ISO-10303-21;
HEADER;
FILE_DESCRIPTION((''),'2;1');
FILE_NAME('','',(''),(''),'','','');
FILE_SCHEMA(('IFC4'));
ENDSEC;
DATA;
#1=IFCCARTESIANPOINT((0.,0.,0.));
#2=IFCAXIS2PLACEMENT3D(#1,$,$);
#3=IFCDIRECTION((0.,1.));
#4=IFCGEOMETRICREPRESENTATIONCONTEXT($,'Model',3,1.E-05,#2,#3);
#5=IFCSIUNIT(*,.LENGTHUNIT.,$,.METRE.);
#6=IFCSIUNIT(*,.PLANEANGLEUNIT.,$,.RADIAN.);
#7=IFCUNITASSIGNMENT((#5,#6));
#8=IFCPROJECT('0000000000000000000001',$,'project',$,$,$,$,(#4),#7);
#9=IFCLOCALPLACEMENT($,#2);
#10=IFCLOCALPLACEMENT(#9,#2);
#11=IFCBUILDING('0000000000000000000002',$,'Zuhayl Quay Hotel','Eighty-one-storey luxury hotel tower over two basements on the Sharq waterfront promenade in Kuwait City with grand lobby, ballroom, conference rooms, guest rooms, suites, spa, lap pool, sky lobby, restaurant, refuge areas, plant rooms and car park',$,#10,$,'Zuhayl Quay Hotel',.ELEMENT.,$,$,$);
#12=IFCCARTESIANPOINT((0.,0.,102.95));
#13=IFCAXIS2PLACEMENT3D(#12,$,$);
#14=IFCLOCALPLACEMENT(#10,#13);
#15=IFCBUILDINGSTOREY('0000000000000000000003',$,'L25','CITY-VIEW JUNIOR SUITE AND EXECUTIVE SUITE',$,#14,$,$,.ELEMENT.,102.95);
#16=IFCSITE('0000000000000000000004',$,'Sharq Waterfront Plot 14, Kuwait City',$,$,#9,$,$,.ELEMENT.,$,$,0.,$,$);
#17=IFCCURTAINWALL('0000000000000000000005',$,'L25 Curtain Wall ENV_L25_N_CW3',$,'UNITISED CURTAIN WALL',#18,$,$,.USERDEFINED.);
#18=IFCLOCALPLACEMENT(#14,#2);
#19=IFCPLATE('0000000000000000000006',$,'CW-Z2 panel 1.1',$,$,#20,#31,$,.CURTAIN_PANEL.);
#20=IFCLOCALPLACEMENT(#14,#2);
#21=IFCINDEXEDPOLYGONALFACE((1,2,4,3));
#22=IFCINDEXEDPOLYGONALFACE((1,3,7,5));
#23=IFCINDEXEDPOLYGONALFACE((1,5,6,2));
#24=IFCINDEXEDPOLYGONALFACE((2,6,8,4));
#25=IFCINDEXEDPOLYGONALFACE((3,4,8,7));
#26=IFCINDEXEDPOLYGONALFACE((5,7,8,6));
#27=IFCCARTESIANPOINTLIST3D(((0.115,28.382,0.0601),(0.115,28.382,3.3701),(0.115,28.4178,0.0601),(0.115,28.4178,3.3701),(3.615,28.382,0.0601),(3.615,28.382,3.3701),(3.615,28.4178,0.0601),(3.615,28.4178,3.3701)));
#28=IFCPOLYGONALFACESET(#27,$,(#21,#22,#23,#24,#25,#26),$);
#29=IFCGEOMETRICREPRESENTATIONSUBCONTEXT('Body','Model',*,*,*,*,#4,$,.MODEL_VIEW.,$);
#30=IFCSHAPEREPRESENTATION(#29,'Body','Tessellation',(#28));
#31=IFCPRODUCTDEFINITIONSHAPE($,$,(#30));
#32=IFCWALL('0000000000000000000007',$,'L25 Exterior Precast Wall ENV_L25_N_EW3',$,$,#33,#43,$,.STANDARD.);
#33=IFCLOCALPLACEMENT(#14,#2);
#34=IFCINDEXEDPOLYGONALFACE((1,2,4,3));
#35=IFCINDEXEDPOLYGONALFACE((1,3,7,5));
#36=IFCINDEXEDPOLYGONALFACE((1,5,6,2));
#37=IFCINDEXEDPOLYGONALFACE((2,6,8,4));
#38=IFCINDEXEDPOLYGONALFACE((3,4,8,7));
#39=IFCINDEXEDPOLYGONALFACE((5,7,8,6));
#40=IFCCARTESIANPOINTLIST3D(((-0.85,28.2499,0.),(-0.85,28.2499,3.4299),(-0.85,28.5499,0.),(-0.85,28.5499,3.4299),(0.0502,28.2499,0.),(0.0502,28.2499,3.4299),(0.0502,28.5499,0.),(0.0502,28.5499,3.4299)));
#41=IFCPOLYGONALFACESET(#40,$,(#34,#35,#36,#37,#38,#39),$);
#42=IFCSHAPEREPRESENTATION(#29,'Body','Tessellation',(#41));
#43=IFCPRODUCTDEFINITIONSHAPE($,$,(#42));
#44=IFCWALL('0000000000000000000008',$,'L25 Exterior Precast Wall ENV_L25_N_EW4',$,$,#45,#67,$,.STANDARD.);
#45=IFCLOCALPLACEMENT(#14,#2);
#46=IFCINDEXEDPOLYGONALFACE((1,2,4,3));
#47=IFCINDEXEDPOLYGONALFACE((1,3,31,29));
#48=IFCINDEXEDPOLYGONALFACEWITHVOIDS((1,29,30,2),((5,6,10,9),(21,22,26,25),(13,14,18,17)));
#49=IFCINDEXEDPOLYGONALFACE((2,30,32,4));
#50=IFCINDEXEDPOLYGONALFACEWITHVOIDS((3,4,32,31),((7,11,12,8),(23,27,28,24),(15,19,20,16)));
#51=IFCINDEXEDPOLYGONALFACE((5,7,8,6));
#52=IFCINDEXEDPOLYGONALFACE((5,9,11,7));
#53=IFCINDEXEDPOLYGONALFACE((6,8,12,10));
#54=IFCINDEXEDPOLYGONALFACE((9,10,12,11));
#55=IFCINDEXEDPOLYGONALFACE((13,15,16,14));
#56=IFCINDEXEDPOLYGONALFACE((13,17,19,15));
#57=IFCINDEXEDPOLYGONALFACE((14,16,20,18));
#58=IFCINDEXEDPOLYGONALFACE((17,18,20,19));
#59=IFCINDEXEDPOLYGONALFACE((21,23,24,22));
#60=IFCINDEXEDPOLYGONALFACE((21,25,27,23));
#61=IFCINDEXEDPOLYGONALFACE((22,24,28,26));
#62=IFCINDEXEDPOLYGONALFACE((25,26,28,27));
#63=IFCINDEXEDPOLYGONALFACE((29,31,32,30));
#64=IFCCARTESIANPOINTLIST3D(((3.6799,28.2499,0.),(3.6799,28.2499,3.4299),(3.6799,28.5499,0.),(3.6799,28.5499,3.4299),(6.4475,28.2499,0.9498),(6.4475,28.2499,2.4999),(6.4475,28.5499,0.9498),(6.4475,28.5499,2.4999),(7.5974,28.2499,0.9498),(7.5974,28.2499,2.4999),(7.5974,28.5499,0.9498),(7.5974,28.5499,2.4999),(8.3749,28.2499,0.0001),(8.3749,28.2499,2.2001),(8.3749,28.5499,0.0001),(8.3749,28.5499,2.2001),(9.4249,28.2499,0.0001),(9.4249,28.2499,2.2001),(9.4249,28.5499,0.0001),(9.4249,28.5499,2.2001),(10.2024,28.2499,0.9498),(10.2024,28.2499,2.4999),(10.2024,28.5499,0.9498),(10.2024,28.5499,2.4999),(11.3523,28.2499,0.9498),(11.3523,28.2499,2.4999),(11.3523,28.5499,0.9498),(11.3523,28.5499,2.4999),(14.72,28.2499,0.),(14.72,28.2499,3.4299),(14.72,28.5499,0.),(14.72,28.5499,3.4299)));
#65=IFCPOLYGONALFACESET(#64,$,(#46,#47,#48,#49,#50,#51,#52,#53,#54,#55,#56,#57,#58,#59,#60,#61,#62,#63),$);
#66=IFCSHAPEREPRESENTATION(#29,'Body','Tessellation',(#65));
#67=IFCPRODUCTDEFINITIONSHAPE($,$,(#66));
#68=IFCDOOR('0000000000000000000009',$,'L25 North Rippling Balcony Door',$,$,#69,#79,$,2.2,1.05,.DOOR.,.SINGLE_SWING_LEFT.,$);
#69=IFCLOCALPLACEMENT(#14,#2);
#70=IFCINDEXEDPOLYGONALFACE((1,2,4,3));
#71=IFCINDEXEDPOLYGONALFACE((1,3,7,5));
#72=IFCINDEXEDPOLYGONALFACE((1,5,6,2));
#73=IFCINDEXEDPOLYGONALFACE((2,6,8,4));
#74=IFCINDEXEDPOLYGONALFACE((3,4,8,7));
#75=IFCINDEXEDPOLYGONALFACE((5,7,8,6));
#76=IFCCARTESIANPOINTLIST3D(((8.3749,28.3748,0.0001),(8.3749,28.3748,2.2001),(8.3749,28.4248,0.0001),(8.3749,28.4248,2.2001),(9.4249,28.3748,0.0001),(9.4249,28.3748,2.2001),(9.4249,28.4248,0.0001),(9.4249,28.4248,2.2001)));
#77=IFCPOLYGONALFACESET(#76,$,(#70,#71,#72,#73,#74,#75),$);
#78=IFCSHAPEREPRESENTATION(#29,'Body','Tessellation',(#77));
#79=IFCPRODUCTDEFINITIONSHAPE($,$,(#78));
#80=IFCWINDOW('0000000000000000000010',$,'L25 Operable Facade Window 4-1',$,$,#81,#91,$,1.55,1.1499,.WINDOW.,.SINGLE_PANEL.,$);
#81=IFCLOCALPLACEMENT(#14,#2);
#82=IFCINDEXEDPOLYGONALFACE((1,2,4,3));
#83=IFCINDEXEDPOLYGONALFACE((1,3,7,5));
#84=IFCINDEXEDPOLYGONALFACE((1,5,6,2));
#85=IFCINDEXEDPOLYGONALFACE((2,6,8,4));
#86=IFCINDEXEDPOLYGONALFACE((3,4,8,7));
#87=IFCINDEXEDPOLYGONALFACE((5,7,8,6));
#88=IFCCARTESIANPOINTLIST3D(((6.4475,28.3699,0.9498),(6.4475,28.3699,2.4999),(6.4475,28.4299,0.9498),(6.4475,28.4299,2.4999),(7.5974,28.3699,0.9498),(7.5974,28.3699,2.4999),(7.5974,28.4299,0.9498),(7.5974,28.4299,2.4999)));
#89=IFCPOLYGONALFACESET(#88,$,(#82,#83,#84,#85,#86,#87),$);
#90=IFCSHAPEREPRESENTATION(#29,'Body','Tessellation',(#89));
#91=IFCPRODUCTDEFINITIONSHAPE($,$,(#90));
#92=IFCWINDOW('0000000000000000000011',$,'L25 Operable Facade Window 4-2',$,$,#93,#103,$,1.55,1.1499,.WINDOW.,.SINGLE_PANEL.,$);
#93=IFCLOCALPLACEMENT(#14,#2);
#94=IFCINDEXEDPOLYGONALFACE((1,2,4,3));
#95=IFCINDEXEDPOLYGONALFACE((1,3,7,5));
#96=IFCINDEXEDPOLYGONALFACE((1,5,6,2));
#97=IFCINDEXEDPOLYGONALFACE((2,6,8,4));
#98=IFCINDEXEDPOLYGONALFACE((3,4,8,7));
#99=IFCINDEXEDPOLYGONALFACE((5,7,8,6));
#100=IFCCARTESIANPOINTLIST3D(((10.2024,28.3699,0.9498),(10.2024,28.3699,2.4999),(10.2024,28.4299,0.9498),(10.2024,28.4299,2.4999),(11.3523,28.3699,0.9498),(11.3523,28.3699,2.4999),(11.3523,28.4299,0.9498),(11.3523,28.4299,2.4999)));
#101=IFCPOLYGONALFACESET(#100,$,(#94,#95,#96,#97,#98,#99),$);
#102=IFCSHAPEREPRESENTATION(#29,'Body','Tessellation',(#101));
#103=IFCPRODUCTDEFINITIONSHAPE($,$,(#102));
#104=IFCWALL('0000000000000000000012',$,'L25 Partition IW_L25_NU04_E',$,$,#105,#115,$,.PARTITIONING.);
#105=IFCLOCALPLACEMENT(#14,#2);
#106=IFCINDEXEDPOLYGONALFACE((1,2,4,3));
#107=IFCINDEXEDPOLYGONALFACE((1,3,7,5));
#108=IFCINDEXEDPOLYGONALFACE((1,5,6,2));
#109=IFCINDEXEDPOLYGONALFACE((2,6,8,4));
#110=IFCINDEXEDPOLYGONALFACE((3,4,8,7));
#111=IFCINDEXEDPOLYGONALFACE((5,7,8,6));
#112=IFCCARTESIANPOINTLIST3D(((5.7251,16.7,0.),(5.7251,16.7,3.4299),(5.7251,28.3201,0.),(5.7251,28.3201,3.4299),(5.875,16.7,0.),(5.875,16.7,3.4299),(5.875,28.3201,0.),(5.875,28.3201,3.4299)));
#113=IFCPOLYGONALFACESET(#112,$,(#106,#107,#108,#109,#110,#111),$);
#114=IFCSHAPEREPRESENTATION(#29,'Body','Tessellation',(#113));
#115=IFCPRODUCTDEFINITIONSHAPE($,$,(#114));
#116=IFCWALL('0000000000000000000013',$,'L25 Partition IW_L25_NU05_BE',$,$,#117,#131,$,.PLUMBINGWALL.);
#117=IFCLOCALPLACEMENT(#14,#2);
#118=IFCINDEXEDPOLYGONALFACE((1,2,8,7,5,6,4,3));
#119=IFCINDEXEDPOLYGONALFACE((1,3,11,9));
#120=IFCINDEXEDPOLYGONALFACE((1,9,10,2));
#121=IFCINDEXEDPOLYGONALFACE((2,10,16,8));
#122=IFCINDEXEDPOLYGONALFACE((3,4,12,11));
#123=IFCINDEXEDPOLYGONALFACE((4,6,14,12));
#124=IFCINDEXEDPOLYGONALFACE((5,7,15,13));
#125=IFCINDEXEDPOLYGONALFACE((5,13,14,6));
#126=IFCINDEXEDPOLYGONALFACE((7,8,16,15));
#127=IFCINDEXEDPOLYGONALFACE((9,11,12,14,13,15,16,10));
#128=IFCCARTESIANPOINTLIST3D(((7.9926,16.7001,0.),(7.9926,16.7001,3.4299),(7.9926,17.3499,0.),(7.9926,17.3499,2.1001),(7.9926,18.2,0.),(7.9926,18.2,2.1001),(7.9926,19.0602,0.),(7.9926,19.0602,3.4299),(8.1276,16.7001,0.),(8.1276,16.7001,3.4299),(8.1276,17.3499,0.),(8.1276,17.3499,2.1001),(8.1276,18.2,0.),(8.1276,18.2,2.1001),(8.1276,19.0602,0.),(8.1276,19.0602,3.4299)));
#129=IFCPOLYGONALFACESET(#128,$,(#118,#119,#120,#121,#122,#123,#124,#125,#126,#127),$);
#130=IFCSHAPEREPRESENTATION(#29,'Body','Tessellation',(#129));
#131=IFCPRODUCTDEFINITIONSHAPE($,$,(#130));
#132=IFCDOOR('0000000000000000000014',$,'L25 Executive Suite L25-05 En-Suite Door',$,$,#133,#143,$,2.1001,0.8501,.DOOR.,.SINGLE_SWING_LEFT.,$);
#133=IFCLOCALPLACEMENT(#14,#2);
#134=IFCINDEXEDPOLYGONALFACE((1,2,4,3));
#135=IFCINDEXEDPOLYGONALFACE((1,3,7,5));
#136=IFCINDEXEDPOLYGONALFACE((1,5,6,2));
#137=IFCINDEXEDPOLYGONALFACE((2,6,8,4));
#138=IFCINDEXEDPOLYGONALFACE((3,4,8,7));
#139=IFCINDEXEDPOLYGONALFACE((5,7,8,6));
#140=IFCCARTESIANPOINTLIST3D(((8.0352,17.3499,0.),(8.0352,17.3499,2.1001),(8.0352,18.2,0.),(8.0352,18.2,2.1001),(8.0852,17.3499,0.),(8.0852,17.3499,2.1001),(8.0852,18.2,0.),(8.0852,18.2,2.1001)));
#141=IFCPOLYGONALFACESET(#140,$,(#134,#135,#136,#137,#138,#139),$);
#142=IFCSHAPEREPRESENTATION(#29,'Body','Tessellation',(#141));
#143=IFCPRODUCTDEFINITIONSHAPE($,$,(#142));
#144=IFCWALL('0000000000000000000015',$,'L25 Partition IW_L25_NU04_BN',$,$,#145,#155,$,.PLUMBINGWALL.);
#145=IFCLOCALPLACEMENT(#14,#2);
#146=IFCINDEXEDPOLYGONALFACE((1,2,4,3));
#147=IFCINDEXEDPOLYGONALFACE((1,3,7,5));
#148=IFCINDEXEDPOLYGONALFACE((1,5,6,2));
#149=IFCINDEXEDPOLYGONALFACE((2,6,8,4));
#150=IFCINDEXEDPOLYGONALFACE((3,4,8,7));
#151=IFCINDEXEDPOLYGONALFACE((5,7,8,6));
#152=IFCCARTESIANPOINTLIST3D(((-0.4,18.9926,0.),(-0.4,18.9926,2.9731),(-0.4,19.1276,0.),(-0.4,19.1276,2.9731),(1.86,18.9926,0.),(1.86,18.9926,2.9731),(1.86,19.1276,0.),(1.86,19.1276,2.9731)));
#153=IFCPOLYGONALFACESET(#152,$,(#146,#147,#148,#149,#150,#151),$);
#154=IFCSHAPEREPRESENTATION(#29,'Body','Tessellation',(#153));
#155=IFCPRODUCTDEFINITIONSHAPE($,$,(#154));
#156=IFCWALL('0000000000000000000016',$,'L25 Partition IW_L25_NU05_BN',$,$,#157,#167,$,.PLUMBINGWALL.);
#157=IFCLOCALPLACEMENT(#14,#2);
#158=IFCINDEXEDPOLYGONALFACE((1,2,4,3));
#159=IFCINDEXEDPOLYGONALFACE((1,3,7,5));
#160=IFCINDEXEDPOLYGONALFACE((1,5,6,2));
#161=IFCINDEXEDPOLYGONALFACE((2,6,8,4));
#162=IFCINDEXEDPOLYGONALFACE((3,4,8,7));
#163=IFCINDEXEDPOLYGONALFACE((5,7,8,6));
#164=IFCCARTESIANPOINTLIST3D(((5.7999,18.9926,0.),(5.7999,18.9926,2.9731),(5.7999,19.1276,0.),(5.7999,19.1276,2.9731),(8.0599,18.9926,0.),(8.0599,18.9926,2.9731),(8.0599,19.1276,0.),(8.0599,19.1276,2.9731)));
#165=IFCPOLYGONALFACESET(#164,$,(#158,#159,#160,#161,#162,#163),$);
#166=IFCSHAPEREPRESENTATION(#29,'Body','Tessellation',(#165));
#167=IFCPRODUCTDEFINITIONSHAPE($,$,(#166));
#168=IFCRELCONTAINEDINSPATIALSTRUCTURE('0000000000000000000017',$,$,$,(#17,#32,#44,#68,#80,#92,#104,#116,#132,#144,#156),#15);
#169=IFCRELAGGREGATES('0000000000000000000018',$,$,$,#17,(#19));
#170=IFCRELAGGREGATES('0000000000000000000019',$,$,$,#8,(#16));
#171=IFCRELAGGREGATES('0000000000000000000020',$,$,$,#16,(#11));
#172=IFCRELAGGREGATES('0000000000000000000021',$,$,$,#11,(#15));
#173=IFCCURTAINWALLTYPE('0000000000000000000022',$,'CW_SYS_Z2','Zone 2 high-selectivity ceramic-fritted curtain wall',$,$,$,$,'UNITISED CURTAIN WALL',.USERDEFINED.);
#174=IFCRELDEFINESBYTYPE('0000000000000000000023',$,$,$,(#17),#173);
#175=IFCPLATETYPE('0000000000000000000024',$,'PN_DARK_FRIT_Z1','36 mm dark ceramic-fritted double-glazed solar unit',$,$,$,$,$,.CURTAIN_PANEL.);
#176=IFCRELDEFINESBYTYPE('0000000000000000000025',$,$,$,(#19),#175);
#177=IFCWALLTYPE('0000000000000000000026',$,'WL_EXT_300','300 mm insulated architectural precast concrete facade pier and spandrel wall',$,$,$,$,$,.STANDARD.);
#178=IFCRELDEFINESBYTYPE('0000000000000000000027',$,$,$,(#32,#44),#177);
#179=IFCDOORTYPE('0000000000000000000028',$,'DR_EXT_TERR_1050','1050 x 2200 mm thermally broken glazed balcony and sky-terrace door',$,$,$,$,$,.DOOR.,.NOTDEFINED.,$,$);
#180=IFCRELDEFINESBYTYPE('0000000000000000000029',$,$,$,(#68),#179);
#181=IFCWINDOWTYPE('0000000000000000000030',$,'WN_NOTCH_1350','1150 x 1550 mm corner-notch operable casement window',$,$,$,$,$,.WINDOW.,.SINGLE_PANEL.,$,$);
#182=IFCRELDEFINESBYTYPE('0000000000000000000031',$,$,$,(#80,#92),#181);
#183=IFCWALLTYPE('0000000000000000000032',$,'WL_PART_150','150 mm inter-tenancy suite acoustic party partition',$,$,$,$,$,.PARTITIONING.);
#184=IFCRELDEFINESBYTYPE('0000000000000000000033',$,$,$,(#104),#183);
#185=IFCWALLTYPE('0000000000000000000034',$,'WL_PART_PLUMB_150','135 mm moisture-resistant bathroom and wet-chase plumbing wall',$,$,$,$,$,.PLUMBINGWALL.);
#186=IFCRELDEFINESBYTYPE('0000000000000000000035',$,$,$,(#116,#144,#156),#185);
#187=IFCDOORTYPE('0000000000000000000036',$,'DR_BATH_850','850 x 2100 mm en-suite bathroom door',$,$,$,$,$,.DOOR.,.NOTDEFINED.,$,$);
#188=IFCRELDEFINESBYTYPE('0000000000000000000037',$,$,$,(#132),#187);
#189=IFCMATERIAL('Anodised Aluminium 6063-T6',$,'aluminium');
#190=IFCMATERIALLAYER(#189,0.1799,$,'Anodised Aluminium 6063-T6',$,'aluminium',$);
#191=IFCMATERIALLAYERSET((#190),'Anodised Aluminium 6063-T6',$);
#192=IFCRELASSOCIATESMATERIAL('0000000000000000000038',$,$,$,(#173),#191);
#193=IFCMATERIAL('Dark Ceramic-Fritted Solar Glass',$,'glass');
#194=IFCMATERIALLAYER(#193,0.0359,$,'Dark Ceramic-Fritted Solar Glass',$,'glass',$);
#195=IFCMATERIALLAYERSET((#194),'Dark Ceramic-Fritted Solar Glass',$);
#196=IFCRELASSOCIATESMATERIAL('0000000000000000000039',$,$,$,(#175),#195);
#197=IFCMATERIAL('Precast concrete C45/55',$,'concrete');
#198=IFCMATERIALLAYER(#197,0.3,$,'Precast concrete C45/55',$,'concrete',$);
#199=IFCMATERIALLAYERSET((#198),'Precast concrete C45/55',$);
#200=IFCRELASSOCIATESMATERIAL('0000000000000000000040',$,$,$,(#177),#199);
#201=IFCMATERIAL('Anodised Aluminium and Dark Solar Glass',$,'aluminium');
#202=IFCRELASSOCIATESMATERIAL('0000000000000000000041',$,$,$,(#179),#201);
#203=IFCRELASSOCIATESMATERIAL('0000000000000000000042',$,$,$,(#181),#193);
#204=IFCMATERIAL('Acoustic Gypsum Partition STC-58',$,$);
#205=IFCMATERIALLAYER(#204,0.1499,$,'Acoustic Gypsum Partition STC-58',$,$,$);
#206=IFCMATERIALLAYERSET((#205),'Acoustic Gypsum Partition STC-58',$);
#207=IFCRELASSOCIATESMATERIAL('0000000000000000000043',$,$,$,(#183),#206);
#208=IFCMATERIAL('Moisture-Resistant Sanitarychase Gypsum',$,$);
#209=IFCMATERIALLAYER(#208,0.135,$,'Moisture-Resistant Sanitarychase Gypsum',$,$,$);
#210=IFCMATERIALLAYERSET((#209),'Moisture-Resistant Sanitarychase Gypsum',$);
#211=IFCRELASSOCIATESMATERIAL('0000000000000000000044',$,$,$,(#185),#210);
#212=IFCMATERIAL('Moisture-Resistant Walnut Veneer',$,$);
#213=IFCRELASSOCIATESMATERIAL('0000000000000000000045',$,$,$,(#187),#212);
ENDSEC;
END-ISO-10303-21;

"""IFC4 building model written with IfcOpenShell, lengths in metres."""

from ifc_helpers import new_model, si_unit, direction, frame, frame_2d, origin, origin_2d, place, context, subcontext, project, spatial, rectangle, extrude, material, layer, layer_set, type_object, element, fill, aggregate, save


model = new_model("IFC4")

# Units and contexts
model_context = context("Model", 3, precision=1e-05, world=origin(), true_north=direction((0.0, 1.0)))
body_context = subcontext(model_context, "Body", "Model", "MODEL_VIEW")
ifc_project = project(units=[si_unit("LENGTHUNIT", "METRE"), si_unit("PLANEANGLEUNIT", "RADIAN")], contexts=[model_context])

# Site, building, storey
site_placement = place(None, origin())
site = spatial("IfcSite", under=ifc_project, at=site_placement, Name="Sharq Waterfront Plot 14, Kuwait City", CompositionType="ELEMENT", RefElevation=0.0)
building_placement = place(site_placement, origin())
building = spatial("IfcBuilding", under=site, at=building_placement, Name="Zuhayl Quay Hotel", Description="Eighty-one-storey luxury hotel tower over two basements on the Sharq waterfront promenade in Kuwait City with grand lobby, ballroom, conference rooms, guest rooms, suites, spa, lap pool, sky lobby, restaurant, refuge areas, plant rooms and car park", LongName="Zuhayl Quay Hotel", CompositionType="ELEMENT")
storey_placement = place(building_placement, frame((0.0, 0.0, 102.95)))
storey = spatial("IfcBuildingStorey", under=building, at=storey_placement, Name="L25", Description="CITY-VIEW JUNIOR SUITE AND EXECUTIVE SUITE", CompositionType="ELEMENT", Elevation=102.95)

# Shared definitions
ifc_material_1 = material(Name="Anodised Aluminium 6063-T6", Category="aluminium")
ifc_layer_1 = layer(ifc_material_1, 0.1799, Name="Anodised Aluminium 6063-T6", Category="aluminium")
ifc_layer_set_1 = layer_set([ifc_layer_1], Name="Anodised Aluminium 6063-T6")
curtain_wall_type = type_object("IfcCurtainWallType", Name="CW_SYS_Z2", Description="Zone 2 high-selectivity ceramic-fritted curtain wall", ElementType="UNITISED CURTAIN WALL", PredefinedType="USERDEFINED", material=ifc_layer_set_1)

# Curtain wall, plate
curtain_wall_1_placement = place(storey_placement, origin())
curtain_wall_1 = element("IfcCurtainWall", 1, at=curtain_wall_1_placement, inside=storey, type_object=curtain_wall_type, Name="L25 Curtain Wall ENV_L25_N_CW3", ObjectType="UNITISED CURTAIN WALL", PredefinedType="USERDEFINED")
ifc_material_2 = material(Name="Dark Ceramic-Fritted Solar Glass", Category="glass")
ifc_layer_2 = layer(ifc_material_2, 0.0359, Name="Dark Ceramic-Fritted Solar Glass", Category="glass")
ifc_layer_set_2 = layer_set([ifc_layer_2], Name="Dark Ceramic-Fritted Solar Glass")
plate_type = type_object("IfcPlateType", Name="PN_DARK_FRIT_Z1", Description="36 mm dark ceramic-fritted double-glazed solar unit", PredefinedType="CURTAIN_PANEL", material=ifc_layer_set_2)
plate_placement = place(storey_placement, frame((1.865, 28.3999, 0.0601), z_axis=(0.0, 0.0, 1.0), x_axis=(1.0, 0.0, 0.0)))
plate = element("IfcPlate", 2, at=plate_placement, type_object=plate_type, Name="CW-Z2 panel 1.1", PredefinedType="CURTAIN_PANEL", context=body_context, shape_type="SweptSolid", body=[
    extrude(rectangle(XDim=3.5, YDim=0.0359, at=origin_2d()), origin(), (0.0, 0.0, 1.0), 3.3101),
])
aggregate(curtain_wall_1, [plate])

# Wall
ifc_material_3 = material(Name="Precast concrete C45/55", Category="concrete")
ifc_layer_3 = layer(ifc_material_3, 0.3, Name="Precast concrete C45/55", Category="concrete")
ifc_layer_set_3 = layer_set([ifc_layer_3], Name="Precast concrete C45/55")
wall_type_1 = type_object("IfcWallType", Name="WL_EXT_300", Description="300 mm insulated architectural precast concrete facade pier and spandrel wall", PredefinedType="STANDARD", material=ifc_layer_set_3)
wall_1_placement = place(storey_placement, frame((-0.8501, 28.3999, 0.0), z_axis=(0.0, 0.0, 1.0), x_axis=(1.0, 0.0, 0.0)))
element("IfcWall", 3, at=wall_1_placement, inside=storey, type_object=wall_type_1, Name="L25 Exterior Precast Wall ENV_L25_N_EW3", PredefinedType="STANDARD", context=body_context, shape_type="SweptSolid", body=[
    extrude(rectangle(XDim=0.9001, YDim=0.3, at=frame_2d((0.4502, 0.0))), origin(), (0.0, 0.0, 1.0), 3.4299),
])

# Wall, openings, door, windows
wall_2_placement = place(storey_placement, frame((3.6799, 28.3999, 0.0), z_axis=(0.0, 0.0, 1.0), x_axis=(1.0, 0.0, 0.0)))
wall_2 = element("IfcWall", 4, at=wall_2_placement, inside=storey, type_object=wall_type_1, Name="L25 Exterior Precast Wall ENV_L25_N_EW4", PredefinedType="STANDARD", context=body_context, shape_type="SweptSolid", body=[
    extrude(rectangle(XDim=11.04, YDim=0.3, at=frame_2d((5.52, 0.0))), origin(), (0.0, 0.0, 1.0), 3.4299),
])
opening_1_placement = place(wall_2_placement, frame((4.6951, 0.0, 0.0)))
opening_1 = element("IfcOpeningElement", 5, at=opening_1_placement, cuts=wall_2, PredefinedType="OPENING", context=body_context, shape_type="SweptSolid", body=[
    extrude(rectangle(XDim=1.05, YDim=2.2, at=frame_2d((0.5249, 1.1001))), frame((0.0, 0.1599, 0.0), z_axis=(0.0, -1.0, 0.0), x_axis=(1.0, 0.0, 0.0)), (0.0, 0.0, 1.0), 0.3201),
])
opening_2_placement = place(wall_2_placement, frame((2.7676, 0.0, 0.95)))
opening_2 = element("IfcOpeningElement", 6, at=opening_2_placement, cuts=wall_2, PredefinedType="OPENING", context=body_context, shape_type="SweptSolid", body=[
    extrude(rectangle(XDim=1.1499, YDim=1.55, at=frame_2d((0.575, 0.7749))), frame((0.0, 0.1599, 0.0), z_axis=(0.0, -1.0, 0.0), x_axis=(1.0, 0.0, 0.0)), (0.0, 0.0, 1.0), 0.3201),
])
opening_3_placement = place(wall_2_placement, frame((6.5225, 0.0, 0.95)))
opening_3 = element("IfcOpeningElement", 7, at=opening_3_placement, cuts=wall_2, PredefinedType="OPENING", context=body_context, shape_type="SweptSolid", body=[
    extrude(rectangle(XDim=1.1499, YDim=1.55, at=frame_2d((0.575, 0.7749))), frame((0.0, 0.1599, 0.0), z_axis=(0.0, -1.0, 0.0), x_axis=(1.0, 0.0, 0.0)), (0.0, 0.0, 1.0), 0.3201),
])
ifc_material_4 = material(Name="Anodised Aluminium and Dark Solar Glass", Category="aluminium")
door_type_1 = type_object("IfcDoorType", Name="DR_EXT_TERR_1050", Description="1050 x 2200 mm thermally broken glazed balcony and sky-terrace door", OperationType="NOTDEFINED", PredefinedType="DOOR", material=ifc_material_4)
door_1_placement = place(opening_1_placement, origin())
door_1 = element("IfcDoor", 8, at=door_1_placement, inside=storey, type_object=door_type_1, Name="L25 North Rippling Balcony Door", OperationType="SINGLE_SWING_LEFT", OverallHeight=2.2, OverallWidth=1.05, PredefinedType="DOOR", context=body_context, shape_type="SweptSolid", body=[
    extrude(rectangle(XDim=1.05, YDim=2.2, at=frame_2d((0.5249, 1.1001))), frame((0.0, 0.0249, 0.0), z_axis=(0.0, -1.0, 0.0), x_axis=(1.0, 0.0, 0.0)), (0.0, 0.0, 1.0), 0.05),
])
fill(opening_1, door_1)
window_type = type_object("IfcWindowType", Name="WN_NOTCH_1350", Description="1150 x 1550 mm corner-notch operable casement window", PartitioningType="SINGLE_PANEL", PredefinedType="WINDOW", material=ifc_material_2)
window_1_placement = place(opening_2_placement, origin())
window_1 = element("IfcWindow", 9, at=window_1_placement, inside=storey, type_object=window_type, Name="L25 Operable Facade Window 4-1", OverallHeight=1.55, OverallWidth=1.1499, PartitioningType="SINGLE_PANEL", PredefinedType="WINDOW", context=body_context, shape_type="SweptSolid", body=[
    extrude(rectangle(XDim=1.1499, YDim=1.55, at=frame_2d((0.575, 0.7749))), frame((0.0, 0.03, 0.0), z_axis=(0.0, -1.0, 0.0), x_axis=(1.0, 0.0, 0.0)), (0.0, 0.0, 1.0), 0.0601),
])
fill(opening_2, window_1)
window_2_placement = place(opening_3_placement, origin())
window_2 = element("IfcWindow", 10, at=window_2_placement, inside=storey, type_object=window_type, Name="L25 Operable Facade Window 4-2", OverallHeight=1.55, OverallWidth=1.1499, PartitioningType="SINGLE_PANEL", PredefinedType="WINDOW", context=body_context, shape_type="SweptSolid", body=[
    extrude(rectangle(XDim=1.1499, YDim=1.55, at=frame_2d((0.575, 0.7749))), frame((0.0, 0.03, 0.0), z_axis=(0.0, -1.0, 0.0), x_axis=(1.0, 0.0, 0.0)), (0.0, 0.0, 1.0), 0.0601),
])
fill(opening_3, window_2)

# Wall
ifc_material_5 = material(Name="Acoustic Gypsum Partition STC-58")
ifc_layer_4 = layer(ifc_material_5, 0.1499, Name="Acoustic Gypsum Partition STC-58")
ifc_layer_set_4 = layer_set([ifc_layer_4], Name="Acoustic Gypsum Partition STC-58")
wall_type_2 = type_object("IfcWallType", Name="WL_PART_150", Description="150 mm inter-tenancy suite acoustic party partition", PredefinedType="PARTITIONING", material=ifc_layer_set_4)
wall_3_placement = place(storey_placement, frame((5.8, 16.7, 0.0), z_axis=(0.0, 0.0, 1.0), x_axis=(0.0, 1.0, 0.0)))
element("IfcWall", 11, at=wall_3_placement, inside=storey, type_object=wall_type_2, Name="L25 Partition IW_L25_NU04_E", PredefinedType="PARTITIONING", context=body_context, shape_type="SweptSolid", body=[
    extrude(rectangle(XDim=11.6201, YDim=0.1499, at=frame_2d((5.8101, 0.0))), origin(), (0.0, 0.0, 1.0), 3.4299),
])

# Wall, opening, door
ifc_material_6 = material(Name="Moisture-Resistant Sanitarychase Gypsum")
ifc_layer_5 = layer(ifc_material_6, 0.135, Name="Moisture-Resistant Sanitarychase Gypsum")
ifc_layer_set_5 = layer_set([ifc_layer_5], Name="Moisture-Resistant Sanitarychase Gypsum")
wall_type_3 = type_object("IfcWallType", Name="WL_PART_PLUMB_150", Description="135 mm moisture-resistant bathroom and wet-chase plumbing wall", PredefinedType="PLUMBINGWALL", material=ifc_layer_set_5)
wall_4_placement = place(storey_placement, frame((8.0601, 16.7, 0.0), z_axis=(0.0, 0.0, 1.0), x_axis=(0.0, 1.0, 0.0)))
wall_4 = element("IfcWall", 12, at=wall_4_placement, inside=storey, type_object=wall_type_3, Name="L25 Partition IW_L25_NU05_BE", PredefinedType="PLUMBINGWALL", context=body_context, shape_type="SweptSolid", body=[
    extrude(rectangle(XDim=2.3601, YDim=0.135, at=frame_2d((1.1802, 0.0))), origin(), (0.0, 0.0, 1.0), 3.4299),
])
opening_4_placement = place(wall_4_placement, frame((0.6499, 0.0, 0.0)))
opening_4 = element("IfcOpeningElement", 13, at=opening_4_placement, cuts=wall_4, PredefinedType="OPENING", context=body_context, shape_type="SweptSolid", body=[
    extrude(rectangle(XDim=0.8501, YDim=2.1001, at=frame_2d((0.425, 1.05))), frame((0.0, 0.0774, 0.0), z_axis=(0.0, -1.0, 0.0), x_axis=(1.0, 0.0, 0.0)), (0.0, 0.0, 1.0), 0.155),
])
ifc_material_7 = material(Name="Moisture-Resistant Walnut Veneer")
door_type_2 = type_object("IfcDoorType", Name="DR_BATH_850", Description="850 x 2100 mm en-suite bathroom door", OperationType="NOTDEFINED", PredefinedType="DOOR", material=ifc_material_7)
door_2_placement = place(opening_4_placement, origin())
door_2 = element("IfcDoor", 14, at=door_2_placement, inside=storey, type_object=door_type_2, Name="L25 Executive Suite L25-05 En-Suite Door", OperationType="SINGLE_SWING_LEFT", OverallHeight=2.1001, OverallWidth=0.8501, PredefinedType="DOOR", context=body_context, shape_type="SweptSolid", body=[
    extrude(rectangle(XDim=0.8501, YDim=2.1001, at=frame_2d((0.425, 1.05))), frame((0.0, 0.0249, 0.0), z_axis=(0.0, -1.0, 0.0), x_axis=(1.0, 0.0, 0.0)), (0.0, 0.0, 1.0), 0.05),
])
fill(opening_4, door_2)

# Walls
for number, where, z_axis, x_axis, name in (
    (15, (-0.3999, 19.0601, 0.0), (0.0, 0.0, 1.0), (1.0, 0.0, 0.0), "L25 Partition IW_L25_NU04_BN"),
    (16, (5.8, 19.0601, 0.0), (0.0, 0.0, 1.0), (1.0, 0.0, 0.0), "L25 Partition IW_L25_NU05_BN"),
):
    element("IfcWall", number, at=place(storey_placement, frame(where, z_axis=z_axis, x_axis=x_axis)), inside=storey, type_object=wall_type_3, Name=name, PredefinedType="PLUMBINGWALL", context=body_context, shape_type="SweptSolid", body=[
        extrude(rectangle(XDim=2.26, YDim=0.135, at=frame_2d((1.1299, 0.0))), origin(), (0.0, 0.0, 1.0), 2.9731),
    ])

save(model, "model.ifc")
